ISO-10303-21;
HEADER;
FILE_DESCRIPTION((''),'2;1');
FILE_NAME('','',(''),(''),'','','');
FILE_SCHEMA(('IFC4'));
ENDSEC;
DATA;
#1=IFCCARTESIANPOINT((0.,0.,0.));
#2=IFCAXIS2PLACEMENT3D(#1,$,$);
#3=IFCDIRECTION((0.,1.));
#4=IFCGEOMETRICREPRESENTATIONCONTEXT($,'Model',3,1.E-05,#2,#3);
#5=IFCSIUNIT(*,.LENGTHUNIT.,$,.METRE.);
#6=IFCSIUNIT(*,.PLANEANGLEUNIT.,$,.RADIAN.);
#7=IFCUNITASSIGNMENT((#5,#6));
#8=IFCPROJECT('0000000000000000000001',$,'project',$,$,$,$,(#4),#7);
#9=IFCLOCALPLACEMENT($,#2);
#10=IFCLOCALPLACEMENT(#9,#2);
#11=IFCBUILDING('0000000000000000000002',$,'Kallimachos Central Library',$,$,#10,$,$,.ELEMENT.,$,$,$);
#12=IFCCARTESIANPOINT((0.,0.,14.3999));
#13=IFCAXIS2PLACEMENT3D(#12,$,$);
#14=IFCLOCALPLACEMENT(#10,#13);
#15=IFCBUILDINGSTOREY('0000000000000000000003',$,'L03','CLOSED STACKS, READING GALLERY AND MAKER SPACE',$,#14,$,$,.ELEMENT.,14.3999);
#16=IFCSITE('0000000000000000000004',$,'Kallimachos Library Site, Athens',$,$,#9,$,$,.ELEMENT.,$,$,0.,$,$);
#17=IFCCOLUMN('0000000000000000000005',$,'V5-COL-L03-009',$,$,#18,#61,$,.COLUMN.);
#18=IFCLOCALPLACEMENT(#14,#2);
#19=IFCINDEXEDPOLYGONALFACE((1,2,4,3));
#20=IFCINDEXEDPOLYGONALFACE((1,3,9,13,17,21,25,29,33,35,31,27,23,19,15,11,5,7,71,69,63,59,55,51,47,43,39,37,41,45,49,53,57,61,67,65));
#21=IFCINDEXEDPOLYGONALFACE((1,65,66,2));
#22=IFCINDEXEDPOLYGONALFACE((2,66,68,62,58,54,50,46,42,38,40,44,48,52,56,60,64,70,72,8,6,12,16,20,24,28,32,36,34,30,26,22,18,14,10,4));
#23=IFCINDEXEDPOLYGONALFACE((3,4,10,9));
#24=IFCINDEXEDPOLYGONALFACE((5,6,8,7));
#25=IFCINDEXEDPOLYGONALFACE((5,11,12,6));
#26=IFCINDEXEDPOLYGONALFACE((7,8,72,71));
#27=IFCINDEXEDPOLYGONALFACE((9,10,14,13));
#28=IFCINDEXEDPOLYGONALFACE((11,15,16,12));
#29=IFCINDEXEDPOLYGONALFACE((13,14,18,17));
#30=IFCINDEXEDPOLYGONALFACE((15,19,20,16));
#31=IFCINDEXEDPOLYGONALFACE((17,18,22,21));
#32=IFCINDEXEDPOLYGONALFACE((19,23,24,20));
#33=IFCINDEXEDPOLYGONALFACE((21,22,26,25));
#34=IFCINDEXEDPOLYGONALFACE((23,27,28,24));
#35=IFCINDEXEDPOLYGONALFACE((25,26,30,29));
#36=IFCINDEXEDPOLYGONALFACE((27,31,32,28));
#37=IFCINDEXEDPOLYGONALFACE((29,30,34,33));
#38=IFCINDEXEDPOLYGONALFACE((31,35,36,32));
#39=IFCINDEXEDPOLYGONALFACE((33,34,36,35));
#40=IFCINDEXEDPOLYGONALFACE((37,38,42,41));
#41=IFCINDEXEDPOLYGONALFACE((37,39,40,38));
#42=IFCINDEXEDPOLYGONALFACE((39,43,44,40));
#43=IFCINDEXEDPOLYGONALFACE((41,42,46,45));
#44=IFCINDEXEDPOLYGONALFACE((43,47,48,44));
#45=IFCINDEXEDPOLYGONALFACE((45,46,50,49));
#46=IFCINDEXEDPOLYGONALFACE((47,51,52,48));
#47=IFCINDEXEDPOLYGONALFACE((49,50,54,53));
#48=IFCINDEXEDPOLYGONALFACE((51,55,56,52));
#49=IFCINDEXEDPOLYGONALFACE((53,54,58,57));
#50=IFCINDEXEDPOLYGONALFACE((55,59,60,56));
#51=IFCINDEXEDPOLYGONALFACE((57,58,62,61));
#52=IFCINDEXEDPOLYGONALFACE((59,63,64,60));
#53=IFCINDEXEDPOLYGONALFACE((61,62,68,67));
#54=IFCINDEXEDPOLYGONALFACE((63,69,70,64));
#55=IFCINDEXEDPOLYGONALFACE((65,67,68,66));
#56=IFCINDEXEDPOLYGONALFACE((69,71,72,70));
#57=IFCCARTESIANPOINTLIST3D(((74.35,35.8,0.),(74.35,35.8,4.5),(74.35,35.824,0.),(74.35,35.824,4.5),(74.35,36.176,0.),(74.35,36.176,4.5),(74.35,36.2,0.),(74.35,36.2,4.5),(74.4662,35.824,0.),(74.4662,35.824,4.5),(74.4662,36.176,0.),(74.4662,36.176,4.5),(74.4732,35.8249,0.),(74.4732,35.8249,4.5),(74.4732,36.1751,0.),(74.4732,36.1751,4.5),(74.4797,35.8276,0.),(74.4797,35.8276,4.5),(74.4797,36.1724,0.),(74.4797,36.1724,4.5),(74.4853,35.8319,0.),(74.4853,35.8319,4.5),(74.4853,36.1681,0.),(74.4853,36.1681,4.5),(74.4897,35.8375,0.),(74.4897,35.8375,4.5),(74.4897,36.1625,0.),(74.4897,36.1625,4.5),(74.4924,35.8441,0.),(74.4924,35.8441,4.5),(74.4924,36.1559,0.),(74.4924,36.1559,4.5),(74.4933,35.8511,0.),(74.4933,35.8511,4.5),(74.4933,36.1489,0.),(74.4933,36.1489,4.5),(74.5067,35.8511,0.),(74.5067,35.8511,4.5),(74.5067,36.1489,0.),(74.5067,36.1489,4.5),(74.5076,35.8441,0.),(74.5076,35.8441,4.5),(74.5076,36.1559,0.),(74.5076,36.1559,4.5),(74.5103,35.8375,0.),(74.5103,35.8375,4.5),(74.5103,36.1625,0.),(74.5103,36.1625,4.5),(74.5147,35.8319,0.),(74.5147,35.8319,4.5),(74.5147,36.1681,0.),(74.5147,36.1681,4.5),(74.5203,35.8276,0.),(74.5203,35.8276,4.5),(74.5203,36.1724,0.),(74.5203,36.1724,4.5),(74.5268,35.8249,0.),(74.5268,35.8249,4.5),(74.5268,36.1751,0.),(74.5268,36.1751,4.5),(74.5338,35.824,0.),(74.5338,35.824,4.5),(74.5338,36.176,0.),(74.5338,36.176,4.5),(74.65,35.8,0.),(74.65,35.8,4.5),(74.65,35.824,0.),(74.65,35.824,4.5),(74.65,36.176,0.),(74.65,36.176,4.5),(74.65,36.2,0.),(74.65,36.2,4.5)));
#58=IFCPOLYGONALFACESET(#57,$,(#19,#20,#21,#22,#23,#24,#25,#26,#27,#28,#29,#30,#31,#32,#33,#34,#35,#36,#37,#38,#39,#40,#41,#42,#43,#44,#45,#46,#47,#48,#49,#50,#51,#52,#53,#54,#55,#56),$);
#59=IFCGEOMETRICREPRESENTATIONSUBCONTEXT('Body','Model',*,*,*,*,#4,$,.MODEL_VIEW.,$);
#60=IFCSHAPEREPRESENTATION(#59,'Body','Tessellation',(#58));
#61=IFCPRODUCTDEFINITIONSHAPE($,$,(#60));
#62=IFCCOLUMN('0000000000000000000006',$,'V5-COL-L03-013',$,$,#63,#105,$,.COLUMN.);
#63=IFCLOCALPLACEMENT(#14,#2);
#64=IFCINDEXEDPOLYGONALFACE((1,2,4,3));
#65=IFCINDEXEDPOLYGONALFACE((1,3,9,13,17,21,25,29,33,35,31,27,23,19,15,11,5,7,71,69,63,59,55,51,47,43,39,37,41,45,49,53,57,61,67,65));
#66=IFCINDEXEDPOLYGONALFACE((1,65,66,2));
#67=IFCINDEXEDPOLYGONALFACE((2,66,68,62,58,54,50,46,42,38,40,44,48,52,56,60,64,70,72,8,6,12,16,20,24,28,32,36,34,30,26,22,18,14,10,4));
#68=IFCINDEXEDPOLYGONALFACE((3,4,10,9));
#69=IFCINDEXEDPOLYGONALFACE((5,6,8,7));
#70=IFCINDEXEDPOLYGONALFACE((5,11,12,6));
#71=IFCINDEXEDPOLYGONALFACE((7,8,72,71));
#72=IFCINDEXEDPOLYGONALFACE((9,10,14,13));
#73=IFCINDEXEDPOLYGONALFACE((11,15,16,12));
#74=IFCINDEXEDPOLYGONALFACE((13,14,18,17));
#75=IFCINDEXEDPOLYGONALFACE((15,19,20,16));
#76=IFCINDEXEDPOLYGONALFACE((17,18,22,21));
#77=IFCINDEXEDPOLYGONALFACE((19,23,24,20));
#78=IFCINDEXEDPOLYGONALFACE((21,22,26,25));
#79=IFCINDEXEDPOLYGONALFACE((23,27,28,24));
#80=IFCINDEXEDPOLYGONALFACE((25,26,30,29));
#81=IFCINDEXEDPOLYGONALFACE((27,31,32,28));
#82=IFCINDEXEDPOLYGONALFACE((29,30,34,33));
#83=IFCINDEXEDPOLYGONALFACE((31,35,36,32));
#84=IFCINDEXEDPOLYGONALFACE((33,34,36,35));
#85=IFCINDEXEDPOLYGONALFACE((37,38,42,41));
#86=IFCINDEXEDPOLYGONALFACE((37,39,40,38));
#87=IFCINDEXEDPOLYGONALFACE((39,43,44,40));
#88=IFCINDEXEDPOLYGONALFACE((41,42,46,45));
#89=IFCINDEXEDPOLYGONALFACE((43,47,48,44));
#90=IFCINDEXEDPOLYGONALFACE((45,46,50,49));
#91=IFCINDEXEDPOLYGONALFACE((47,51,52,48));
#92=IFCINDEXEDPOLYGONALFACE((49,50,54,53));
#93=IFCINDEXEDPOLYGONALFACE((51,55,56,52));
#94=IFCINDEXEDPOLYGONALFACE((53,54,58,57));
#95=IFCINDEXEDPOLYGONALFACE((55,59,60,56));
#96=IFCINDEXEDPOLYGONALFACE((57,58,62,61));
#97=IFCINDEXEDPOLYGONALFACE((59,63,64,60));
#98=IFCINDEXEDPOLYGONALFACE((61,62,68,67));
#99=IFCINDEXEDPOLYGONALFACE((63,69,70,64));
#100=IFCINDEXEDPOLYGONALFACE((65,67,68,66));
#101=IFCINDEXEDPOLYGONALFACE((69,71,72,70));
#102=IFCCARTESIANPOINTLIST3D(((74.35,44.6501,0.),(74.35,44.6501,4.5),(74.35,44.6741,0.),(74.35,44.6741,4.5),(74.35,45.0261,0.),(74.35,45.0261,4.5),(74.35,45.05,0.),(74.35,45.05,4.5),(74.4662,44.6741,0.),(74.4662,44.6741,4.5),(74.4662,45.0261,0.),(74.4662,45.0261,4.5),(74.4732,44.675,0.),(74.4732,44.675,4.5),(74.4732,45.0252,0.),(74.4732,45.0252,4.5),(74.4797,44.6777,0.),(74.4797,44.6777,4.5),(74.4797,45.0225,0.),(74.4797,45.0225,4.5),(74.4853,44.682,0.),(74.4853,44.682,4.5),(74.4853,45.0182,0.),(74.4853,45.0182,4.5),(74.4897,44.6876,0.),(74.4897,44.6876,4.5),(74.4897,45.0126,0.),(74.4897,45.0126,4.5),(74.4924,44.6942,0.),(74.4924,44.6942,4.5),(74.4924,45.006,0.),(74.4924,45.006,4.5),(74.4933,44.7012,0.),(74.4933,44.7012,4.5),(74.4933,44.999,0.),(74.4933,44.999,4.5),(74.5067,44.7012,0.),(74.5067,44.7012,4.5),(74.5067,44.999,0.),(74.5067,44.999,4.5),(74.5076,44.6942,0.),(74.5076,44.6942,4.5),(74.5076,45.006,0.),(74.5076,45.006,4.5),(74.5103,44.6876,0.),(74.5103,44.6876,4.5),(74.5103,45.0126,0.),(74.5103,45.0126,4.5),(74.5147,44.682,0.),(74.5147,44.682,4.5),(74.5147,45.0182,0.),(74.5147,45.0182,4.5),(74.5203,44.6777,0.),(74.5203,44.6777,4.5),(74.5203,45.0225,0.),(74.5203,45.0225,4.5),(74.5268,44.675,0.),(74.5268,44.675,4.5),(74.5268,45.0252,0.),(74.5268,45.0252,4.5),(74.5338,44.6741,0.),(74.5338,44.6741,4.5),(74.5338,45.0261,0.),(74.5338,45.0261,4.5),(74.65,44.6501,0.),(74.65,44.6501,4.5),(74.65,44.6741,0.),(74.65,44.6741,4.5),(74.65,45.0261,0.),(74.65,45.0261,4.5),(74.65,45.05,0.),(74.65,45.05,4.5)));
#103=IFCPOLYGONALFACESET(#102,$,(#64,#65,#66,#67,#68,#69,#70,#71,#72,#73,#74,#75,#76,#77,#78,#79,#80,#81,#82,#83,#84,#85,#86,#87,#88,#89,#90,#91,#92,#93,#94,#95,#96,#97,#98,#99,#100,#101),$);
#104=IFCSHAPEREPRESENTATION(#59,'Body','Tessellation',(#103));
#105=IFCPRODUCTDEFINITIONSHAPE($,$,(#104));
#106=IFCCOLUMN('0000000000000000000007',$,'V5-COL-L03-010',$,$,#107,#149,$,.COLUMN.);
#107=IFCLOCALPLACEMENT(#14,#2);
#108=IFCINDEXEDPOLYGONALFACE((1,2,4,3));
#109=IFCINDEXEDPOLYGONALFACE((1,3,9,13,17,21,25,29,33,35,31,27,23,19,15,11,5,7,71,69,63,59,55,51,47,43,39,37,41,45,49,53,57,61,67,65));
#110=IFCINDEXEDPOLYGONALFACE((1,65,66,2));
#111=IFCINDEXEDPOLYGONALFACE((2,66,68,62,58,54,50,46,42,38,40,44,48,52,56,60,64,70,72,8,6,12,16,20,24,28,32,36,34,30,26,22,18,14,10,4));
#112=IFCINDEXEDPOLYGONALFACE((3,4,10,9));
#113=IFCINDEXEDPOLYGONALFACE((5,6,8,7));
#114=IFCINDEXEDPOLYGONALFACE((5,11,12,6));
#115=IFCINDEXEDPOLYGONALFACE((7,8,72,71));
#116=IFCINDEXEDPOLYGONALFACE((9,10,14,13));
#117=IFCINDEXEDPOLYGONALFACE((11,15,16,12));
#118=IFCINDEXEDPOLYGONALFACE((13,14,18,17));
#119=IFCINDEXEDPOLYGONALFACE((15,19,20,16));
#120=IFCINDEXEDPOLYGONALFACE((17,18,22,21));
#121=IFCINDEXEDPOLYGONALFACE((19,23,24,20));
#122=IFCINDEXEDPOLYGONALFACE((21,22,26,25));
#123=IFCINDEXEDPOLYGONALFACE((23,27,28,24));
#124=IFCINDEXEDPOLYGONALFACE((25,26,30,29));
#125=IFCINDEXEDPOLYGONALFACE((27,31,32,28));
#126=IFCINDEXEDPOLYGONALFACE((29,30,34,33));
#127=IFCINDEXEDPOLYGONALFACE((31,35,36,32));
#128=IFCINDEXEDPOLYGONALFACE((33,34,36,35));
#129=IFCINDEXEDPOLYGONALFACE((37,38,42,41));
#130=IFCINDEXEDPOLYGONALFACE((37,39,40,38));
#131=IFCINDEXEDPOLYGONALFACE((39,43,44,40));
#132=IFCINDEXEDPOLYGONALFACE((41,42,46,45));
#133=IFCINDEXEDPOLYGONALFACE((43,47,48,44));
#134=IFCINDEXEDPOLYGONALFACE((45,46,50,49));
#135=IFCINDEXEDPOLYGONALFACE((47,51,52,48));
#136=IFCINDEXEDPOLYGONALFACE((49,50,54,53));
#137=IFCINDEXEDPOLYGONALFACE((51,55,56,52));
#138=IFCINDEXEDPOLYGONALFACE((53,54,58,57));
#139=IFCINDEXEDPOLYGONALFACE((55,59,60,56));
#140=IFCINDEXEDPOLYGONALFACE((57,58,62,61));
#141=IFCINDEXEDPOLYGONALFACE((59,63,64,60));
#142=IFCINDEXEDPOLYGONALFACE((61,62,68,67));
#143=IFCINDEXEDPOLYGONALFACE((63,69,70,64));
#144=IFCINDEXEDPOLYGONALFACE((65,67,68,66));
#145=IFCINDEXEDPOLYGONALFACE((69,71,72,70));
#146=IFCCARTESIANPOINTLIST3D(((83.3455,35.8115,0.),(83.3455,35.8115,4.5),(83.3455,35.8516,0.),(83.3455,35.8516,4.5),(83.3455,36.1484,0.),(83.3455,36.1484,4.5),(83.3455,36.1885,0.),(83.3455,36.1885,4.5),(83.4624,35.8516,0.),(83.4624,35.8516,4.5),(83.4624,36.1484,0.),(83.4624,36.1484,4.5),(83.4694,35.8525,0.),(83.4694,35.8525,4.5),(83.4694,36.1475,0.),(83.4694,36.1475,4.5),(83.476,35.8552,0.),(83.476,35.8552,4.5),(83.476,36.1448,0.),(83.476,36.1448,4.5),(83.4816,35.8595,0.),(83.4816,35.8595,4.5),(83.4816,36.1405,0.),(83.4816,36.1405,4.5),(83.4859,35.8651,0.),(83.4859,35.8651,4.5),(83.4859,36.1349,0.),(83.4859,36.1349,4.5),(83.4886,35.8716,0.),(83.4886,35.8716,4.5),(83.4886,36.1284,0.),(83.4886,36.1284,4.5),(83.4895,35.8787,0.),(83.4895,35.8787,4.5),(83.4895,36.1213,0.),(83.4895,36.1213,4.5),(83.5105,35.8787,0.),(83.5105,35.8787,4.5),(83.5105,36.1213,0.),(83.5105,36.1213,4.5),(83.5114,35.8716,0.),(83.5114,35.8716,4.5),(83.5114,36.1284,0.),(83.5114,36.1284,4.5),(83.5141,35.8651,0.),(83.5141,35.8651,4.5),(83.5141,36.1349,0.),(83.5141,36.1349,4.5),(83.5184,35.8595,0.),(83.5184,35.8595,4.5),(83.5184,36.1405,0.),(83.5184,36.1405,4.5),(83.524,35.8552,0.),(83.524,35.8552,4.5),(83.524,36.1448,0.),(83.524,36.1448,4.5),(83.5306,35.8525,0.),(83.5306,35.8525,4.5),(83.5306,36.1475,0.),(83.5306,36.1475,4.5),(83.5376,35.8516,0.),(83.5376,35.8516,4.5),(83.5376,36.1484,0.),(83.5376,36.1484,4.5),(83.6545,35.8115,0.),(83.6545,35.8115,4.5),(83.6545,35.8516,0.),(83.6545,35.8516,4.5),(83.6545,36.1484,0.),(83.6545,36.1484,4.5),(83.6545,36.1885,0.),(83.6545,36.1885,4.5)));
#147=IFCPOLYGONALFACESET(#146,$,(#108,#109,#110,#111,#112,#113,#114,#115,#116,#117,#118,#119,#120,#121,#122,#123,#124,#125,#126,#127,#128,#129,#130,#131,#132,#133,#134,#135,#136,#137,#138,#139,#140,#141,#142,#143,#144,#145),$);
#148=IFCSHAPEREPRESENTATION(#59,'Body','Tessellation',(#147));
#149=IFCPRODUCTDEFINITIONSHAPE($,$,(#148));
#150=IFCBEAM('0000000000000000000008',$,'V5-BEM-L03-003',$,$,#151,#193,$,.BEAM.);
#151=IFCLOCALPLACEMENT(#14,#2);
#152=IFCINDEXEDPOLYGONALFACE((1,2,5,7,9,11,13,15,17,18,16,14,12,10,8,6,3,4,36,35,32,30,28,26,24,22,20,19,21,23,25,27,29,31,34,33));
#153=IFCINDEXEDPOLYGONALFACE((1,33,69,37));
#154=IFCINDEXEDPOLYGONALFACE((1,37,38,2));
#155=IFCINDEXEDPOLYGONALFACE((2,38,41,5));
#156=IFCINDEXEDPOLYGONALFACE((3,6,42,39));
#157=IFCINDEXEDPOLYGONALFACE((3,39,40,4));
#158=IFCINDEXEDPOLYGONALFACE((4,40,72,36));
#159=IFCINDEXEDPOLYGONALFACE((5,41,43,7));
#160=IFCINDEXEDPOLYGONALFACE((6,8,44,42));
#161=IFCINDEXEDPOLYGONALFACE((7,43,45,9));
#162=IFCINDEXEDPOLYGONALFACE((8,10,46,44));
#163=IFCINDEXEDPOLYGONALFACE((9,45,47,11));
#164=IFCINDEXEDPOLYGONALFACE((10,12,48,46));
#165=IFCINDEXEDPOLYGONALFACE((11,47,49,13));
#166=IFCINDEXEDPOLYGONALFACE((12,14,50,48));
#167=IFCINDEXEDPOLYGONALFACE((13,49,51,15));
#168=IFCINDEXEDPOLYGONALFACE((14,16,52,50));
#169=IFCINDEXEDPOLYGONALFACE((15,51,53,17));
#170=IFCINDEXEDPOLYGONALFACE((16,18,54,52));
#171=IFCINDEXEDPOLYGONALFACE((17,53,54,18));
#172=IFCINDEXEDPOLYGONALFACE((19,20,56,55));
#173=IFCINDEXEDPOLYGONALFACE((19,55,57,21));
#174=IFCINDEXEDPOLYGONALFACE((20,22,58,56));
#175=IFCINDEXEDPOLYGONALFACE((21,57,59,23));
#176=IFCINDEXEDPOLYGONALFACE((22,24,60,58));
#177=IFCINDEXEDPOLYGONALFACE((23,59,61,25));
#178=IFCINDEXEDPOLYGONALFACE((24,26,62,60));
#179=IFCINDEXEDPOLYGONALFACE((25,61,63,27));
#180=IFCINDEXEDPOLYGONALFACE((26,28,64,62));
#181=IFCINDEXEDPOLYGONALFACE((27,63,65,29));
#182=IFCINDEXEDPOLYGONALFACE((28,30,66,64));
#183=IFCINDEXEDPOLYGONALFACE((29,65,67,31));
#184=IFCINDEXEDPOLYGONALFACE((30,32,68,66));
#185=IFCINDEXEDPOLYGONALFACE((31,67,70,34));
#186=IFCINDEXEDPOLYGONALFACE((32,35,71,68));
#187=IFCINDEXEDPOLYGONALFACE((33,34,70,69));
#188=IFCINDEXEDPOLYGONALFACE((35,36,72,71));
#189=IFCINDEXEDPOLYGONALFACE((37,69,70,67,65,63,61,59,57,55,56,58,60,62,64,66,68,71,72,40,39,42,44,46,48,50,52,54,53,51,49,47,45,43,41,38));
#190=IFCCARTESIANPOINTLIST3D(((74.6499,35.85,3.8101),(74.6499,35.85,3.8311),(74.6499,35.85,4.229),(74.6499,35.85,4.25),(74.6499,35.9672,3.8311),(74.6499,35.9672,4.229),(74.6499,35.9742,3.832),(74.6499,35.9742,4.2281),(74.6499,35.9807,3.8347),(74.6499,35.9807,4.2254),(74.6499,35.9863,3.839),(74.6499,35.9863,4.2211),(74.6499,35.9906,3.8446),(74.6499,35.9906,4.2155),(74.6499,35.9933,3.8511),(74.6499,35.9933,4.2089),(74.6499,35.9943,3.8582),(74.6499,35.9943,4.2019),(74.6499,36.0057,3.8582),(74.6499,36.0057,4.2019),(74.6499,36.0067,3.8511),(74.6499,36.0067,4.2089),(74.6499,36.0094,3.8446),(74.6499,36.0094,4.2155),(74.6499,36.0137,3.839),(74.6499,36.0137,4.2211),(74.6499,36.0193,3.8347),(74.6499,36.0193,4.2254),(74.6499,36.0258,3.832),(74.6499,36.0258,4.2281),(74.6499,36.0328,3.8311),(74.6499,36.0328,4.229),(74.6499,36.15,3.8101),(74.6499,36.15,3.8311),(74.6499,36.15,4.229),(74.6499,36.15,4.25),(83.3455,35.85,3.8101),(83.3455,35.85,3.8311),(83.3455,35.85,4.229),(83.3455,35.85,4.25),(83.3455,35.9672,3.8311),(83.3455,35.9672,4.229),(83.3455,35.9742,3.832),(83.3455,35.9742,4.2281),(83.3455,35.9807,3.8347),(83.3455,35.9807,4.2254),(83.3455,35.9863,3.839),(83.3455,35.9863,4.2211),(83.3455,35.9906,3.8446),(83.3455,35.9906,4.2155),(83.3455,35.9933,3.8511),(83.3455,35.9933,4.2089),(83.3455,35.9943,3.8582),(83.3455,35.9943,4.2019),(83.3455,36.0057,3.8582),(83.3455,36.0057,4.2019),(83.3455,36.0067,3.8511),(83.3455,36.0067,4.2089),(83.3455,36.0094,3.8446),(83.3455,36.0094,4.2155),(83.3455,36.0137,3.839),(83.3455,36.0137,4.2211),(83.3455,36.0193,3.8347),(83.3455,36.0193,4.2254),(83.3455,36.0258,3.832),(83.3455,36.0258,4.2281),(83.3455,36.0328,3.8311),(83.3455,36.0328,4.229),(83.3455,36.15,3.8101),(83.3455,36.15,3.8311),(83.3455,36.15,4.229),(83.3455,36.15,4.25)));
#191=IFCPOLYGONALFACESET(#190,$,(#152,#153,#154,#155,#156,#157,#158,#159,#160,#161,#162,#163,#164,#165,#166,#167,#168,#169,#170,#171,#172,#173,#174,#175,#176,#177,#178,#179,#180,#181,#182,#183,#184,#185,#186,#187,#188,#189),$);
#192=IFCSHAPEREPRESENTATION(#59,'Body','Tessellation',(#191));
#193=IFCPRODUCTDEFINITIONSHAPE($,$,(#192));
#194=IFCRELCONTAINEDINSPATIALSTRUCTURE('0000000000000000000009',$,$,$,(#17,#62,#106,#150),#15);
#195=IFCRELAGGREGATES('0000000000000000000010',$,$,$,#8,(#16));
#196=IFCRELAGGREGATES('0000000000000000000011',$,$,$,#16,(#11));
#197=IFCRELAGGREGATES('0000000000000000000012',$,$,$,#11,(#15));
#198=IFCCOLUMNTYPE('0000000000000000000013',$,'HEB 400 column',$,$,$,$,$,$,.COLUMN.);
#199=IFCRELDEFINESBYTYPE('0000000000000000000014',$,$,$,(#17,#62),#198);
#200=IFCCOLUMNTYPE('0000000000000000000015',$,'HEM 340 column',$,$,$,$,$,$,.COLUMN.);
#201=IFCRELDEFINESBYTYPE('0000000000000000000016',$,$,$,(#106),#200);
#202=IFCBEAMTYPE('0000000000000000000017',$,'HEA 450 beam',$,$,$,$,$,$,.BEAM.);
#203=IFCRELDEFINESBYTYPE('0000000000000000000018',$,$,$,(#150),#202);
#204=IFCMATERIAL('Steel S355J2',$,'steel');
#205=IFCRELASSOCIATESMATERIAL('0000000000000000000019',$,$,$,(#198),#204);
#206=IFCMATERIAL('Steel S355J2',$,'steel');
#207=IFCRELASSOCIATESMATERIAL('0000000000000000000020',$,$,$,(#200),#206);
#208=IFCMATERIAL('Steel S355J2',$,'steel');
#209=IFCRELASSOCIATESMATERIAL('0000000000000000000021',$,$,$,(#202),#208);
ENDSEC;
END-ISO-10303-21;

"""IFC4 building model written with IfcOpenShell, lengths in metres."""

from ifc_helpers import new_model, si_unit, direction, frame, origin, origin_2d, place, context, subcontext, project, spatial, i_section, extrude, material, material_profile, profile_set, type_object, element, save


model = new_model("IFC4")

# Units and contexts
model_context = context("Model", 3, precision=1e-05, world=origin(), true_north=direction((0.0, 1.0)))
body_context = subcontext(model_context, "Body", "Model", "MODEL_VIEW")
ifc_project = project(units=[si_unit("LENGTHUNIT", "METRE"), si_unit("PLANEANGLEUNIT", "RADIAN")], contexts=[model_context])

# Site, building, storey
site_placement = place(None, origin())
site = spatial("IfcSite", under=ifc_project, at=site_placement, Name="Kallimachos Library Site, Athens", CompositionType="ELEMENT", RefElevation=0.0)
building_placement = place(site_placement, origin())
building = spatial("IfcBuilding", under=site, at=building_placement, Name="Kallimachos Central Library", CompositionType="ELEMENT")
storey_placement = place(building_placement, frame((0.0, 0.0, 14.3999)))
storey = spatial("IfcBuildingStorey", under=building, at=storey_placement, Name="L03", Description="CLOSED STACKS, READING GALLERY AND MAKER SPACE", CompositionType="ELEMENT", Elevation=14.3999)

# Columns
ifc_material_1 = material(Name="Steel S355J2", Category="steel")
ifc_material_profile_1 = material_profile(ifc_material_1, i_section(OverallWidth=0.3, OverallDepth=0.3999, WebThickness=0.0134, FlangeThickness=0.0239, FilletRadius=0.0271, at=origin_2d()), Name="HEB 400")
ifc_profile_set_1 = profile_set([ifc_material_profile_1], Name="Steel S355J2")
column_type_1 = type_object("IfcColumnType", Name="HEB 400 column", PredefinedType="COLUMN", material=ifc_profile_set_1)
for number, where, z_axis, x_axis, name in (
    (1, (74.5, 36.0, 0.0), (0.0, 0.0, 1.0), (1.0, 0.0, 0.0), "V5-COL-L03-009"),
    (2, (74.5, 44.8501, 0.0), (0.0, 0.0, 1.0), (1.0, 0.0, 0.0), "V5-COL-L03-013"),
):
    element("IfcColumn", number, at=place(storey_placement, frame(where, z_axis=z_axis, x_axis=x_axis)), inside=storey, type_object=column_type_1, Name=name, PredefinedType="COLUMN", context=body_context, shape_type="SweptSolid", body=[
        extrude(i_section(OverallWidth=0.3, OverallDepth=0.3999, WebThickness=0.0134, FlangeThickness=0.0239, FilletRadius=0.0271, at=origin_2d()), origin(), (0.0, 0.0, 1.0), 4.5),
    ])
ifc_material_2 = material(Name="Steel S355J2", Category="steel")
ifc_material_profile_2 = material_profile(ifc_material_2, i_section(OverallWidth=0.3091, OverallDepth=0.377, WebThickness=0.021, FlangeThickness=0.04, FilletRadius=0.0271, at=origin_2d()), Name="HEM 340")
ifc_profile_set_2 = profile_set([ifc_material_profile_2], Name="Steel S355J2")
column_type_2 = type_object("IfcColumnType", Name="HEM 340 column", PredefinedType="COLUMN", material=ifc_profile_set_2)
column_placement = place(storey_placement, frame((83.5, 36.0, 0.0), z_axis=(0.0, 0.0, 1.0), x_axis=(1.0, 0.0, 0.0)))
element("IfcColumn", 3, at=column_placement, inside=storey, type_object=column_type_2, Name="V5-COL-L03-010", PredefinedType="COLUMN", context=body_context, shape_type="SweptSolid", body=[
    extrude(i_section(OverallWidth=0.3091, OverallDepth=0.377, WebThickness=0.021, FlangeThickness=0.04, FilletRadius=0.0271, at=origin_2d()), origin(), (0.0, 0.0, 1.0), 4.5),
])

# Beam
ifc_material_3 = material(Name="Steel S355J2", Category="steel")
ifc_material_profile_3 = material_profile(ifc_material_3, i_section(OverallWidth=0.3, OverallDepth=0.4399, WebThickness=0.0115, FlangeThickness=0.021, FilletRadius=0.0271, at=origin_2d()), Name="HEA 450")
ifc_profile_set_3 = profile_set([ifc_material_profile_3], Name="Steel S355J2")
beam_type_1 = type_object("IfcBeamType", Name="HEA 450 beam", PredefinedType="BEAM", material=ifc_profile_set_3)
beam_1_placement = place(storey_placement, frame((74.6499, 36.0, 4.03), z_axis=(1.0, 0.0, 0.0), x_axis=(0.0, 1.0, 0.0)))
element("IfcBeam", 4, at=beam_1_placement, inside=storey, type_object=beam_type_1, Name="V5-BEM-L03-003", PredefinedType="BEAM", context=body_context, shape_type="SweptSolid", body=[
    extrude(i_section(OverallWidth=0.3, OverallDepth=0.4399, WebThickness=0.0115, FlangeThickness=0.021, FilletRadius=0.0271, at=origin_2d()), origin(), (0.0, 0.0, 1.0), 8.6956),
])

save(model, "model.ifc")
